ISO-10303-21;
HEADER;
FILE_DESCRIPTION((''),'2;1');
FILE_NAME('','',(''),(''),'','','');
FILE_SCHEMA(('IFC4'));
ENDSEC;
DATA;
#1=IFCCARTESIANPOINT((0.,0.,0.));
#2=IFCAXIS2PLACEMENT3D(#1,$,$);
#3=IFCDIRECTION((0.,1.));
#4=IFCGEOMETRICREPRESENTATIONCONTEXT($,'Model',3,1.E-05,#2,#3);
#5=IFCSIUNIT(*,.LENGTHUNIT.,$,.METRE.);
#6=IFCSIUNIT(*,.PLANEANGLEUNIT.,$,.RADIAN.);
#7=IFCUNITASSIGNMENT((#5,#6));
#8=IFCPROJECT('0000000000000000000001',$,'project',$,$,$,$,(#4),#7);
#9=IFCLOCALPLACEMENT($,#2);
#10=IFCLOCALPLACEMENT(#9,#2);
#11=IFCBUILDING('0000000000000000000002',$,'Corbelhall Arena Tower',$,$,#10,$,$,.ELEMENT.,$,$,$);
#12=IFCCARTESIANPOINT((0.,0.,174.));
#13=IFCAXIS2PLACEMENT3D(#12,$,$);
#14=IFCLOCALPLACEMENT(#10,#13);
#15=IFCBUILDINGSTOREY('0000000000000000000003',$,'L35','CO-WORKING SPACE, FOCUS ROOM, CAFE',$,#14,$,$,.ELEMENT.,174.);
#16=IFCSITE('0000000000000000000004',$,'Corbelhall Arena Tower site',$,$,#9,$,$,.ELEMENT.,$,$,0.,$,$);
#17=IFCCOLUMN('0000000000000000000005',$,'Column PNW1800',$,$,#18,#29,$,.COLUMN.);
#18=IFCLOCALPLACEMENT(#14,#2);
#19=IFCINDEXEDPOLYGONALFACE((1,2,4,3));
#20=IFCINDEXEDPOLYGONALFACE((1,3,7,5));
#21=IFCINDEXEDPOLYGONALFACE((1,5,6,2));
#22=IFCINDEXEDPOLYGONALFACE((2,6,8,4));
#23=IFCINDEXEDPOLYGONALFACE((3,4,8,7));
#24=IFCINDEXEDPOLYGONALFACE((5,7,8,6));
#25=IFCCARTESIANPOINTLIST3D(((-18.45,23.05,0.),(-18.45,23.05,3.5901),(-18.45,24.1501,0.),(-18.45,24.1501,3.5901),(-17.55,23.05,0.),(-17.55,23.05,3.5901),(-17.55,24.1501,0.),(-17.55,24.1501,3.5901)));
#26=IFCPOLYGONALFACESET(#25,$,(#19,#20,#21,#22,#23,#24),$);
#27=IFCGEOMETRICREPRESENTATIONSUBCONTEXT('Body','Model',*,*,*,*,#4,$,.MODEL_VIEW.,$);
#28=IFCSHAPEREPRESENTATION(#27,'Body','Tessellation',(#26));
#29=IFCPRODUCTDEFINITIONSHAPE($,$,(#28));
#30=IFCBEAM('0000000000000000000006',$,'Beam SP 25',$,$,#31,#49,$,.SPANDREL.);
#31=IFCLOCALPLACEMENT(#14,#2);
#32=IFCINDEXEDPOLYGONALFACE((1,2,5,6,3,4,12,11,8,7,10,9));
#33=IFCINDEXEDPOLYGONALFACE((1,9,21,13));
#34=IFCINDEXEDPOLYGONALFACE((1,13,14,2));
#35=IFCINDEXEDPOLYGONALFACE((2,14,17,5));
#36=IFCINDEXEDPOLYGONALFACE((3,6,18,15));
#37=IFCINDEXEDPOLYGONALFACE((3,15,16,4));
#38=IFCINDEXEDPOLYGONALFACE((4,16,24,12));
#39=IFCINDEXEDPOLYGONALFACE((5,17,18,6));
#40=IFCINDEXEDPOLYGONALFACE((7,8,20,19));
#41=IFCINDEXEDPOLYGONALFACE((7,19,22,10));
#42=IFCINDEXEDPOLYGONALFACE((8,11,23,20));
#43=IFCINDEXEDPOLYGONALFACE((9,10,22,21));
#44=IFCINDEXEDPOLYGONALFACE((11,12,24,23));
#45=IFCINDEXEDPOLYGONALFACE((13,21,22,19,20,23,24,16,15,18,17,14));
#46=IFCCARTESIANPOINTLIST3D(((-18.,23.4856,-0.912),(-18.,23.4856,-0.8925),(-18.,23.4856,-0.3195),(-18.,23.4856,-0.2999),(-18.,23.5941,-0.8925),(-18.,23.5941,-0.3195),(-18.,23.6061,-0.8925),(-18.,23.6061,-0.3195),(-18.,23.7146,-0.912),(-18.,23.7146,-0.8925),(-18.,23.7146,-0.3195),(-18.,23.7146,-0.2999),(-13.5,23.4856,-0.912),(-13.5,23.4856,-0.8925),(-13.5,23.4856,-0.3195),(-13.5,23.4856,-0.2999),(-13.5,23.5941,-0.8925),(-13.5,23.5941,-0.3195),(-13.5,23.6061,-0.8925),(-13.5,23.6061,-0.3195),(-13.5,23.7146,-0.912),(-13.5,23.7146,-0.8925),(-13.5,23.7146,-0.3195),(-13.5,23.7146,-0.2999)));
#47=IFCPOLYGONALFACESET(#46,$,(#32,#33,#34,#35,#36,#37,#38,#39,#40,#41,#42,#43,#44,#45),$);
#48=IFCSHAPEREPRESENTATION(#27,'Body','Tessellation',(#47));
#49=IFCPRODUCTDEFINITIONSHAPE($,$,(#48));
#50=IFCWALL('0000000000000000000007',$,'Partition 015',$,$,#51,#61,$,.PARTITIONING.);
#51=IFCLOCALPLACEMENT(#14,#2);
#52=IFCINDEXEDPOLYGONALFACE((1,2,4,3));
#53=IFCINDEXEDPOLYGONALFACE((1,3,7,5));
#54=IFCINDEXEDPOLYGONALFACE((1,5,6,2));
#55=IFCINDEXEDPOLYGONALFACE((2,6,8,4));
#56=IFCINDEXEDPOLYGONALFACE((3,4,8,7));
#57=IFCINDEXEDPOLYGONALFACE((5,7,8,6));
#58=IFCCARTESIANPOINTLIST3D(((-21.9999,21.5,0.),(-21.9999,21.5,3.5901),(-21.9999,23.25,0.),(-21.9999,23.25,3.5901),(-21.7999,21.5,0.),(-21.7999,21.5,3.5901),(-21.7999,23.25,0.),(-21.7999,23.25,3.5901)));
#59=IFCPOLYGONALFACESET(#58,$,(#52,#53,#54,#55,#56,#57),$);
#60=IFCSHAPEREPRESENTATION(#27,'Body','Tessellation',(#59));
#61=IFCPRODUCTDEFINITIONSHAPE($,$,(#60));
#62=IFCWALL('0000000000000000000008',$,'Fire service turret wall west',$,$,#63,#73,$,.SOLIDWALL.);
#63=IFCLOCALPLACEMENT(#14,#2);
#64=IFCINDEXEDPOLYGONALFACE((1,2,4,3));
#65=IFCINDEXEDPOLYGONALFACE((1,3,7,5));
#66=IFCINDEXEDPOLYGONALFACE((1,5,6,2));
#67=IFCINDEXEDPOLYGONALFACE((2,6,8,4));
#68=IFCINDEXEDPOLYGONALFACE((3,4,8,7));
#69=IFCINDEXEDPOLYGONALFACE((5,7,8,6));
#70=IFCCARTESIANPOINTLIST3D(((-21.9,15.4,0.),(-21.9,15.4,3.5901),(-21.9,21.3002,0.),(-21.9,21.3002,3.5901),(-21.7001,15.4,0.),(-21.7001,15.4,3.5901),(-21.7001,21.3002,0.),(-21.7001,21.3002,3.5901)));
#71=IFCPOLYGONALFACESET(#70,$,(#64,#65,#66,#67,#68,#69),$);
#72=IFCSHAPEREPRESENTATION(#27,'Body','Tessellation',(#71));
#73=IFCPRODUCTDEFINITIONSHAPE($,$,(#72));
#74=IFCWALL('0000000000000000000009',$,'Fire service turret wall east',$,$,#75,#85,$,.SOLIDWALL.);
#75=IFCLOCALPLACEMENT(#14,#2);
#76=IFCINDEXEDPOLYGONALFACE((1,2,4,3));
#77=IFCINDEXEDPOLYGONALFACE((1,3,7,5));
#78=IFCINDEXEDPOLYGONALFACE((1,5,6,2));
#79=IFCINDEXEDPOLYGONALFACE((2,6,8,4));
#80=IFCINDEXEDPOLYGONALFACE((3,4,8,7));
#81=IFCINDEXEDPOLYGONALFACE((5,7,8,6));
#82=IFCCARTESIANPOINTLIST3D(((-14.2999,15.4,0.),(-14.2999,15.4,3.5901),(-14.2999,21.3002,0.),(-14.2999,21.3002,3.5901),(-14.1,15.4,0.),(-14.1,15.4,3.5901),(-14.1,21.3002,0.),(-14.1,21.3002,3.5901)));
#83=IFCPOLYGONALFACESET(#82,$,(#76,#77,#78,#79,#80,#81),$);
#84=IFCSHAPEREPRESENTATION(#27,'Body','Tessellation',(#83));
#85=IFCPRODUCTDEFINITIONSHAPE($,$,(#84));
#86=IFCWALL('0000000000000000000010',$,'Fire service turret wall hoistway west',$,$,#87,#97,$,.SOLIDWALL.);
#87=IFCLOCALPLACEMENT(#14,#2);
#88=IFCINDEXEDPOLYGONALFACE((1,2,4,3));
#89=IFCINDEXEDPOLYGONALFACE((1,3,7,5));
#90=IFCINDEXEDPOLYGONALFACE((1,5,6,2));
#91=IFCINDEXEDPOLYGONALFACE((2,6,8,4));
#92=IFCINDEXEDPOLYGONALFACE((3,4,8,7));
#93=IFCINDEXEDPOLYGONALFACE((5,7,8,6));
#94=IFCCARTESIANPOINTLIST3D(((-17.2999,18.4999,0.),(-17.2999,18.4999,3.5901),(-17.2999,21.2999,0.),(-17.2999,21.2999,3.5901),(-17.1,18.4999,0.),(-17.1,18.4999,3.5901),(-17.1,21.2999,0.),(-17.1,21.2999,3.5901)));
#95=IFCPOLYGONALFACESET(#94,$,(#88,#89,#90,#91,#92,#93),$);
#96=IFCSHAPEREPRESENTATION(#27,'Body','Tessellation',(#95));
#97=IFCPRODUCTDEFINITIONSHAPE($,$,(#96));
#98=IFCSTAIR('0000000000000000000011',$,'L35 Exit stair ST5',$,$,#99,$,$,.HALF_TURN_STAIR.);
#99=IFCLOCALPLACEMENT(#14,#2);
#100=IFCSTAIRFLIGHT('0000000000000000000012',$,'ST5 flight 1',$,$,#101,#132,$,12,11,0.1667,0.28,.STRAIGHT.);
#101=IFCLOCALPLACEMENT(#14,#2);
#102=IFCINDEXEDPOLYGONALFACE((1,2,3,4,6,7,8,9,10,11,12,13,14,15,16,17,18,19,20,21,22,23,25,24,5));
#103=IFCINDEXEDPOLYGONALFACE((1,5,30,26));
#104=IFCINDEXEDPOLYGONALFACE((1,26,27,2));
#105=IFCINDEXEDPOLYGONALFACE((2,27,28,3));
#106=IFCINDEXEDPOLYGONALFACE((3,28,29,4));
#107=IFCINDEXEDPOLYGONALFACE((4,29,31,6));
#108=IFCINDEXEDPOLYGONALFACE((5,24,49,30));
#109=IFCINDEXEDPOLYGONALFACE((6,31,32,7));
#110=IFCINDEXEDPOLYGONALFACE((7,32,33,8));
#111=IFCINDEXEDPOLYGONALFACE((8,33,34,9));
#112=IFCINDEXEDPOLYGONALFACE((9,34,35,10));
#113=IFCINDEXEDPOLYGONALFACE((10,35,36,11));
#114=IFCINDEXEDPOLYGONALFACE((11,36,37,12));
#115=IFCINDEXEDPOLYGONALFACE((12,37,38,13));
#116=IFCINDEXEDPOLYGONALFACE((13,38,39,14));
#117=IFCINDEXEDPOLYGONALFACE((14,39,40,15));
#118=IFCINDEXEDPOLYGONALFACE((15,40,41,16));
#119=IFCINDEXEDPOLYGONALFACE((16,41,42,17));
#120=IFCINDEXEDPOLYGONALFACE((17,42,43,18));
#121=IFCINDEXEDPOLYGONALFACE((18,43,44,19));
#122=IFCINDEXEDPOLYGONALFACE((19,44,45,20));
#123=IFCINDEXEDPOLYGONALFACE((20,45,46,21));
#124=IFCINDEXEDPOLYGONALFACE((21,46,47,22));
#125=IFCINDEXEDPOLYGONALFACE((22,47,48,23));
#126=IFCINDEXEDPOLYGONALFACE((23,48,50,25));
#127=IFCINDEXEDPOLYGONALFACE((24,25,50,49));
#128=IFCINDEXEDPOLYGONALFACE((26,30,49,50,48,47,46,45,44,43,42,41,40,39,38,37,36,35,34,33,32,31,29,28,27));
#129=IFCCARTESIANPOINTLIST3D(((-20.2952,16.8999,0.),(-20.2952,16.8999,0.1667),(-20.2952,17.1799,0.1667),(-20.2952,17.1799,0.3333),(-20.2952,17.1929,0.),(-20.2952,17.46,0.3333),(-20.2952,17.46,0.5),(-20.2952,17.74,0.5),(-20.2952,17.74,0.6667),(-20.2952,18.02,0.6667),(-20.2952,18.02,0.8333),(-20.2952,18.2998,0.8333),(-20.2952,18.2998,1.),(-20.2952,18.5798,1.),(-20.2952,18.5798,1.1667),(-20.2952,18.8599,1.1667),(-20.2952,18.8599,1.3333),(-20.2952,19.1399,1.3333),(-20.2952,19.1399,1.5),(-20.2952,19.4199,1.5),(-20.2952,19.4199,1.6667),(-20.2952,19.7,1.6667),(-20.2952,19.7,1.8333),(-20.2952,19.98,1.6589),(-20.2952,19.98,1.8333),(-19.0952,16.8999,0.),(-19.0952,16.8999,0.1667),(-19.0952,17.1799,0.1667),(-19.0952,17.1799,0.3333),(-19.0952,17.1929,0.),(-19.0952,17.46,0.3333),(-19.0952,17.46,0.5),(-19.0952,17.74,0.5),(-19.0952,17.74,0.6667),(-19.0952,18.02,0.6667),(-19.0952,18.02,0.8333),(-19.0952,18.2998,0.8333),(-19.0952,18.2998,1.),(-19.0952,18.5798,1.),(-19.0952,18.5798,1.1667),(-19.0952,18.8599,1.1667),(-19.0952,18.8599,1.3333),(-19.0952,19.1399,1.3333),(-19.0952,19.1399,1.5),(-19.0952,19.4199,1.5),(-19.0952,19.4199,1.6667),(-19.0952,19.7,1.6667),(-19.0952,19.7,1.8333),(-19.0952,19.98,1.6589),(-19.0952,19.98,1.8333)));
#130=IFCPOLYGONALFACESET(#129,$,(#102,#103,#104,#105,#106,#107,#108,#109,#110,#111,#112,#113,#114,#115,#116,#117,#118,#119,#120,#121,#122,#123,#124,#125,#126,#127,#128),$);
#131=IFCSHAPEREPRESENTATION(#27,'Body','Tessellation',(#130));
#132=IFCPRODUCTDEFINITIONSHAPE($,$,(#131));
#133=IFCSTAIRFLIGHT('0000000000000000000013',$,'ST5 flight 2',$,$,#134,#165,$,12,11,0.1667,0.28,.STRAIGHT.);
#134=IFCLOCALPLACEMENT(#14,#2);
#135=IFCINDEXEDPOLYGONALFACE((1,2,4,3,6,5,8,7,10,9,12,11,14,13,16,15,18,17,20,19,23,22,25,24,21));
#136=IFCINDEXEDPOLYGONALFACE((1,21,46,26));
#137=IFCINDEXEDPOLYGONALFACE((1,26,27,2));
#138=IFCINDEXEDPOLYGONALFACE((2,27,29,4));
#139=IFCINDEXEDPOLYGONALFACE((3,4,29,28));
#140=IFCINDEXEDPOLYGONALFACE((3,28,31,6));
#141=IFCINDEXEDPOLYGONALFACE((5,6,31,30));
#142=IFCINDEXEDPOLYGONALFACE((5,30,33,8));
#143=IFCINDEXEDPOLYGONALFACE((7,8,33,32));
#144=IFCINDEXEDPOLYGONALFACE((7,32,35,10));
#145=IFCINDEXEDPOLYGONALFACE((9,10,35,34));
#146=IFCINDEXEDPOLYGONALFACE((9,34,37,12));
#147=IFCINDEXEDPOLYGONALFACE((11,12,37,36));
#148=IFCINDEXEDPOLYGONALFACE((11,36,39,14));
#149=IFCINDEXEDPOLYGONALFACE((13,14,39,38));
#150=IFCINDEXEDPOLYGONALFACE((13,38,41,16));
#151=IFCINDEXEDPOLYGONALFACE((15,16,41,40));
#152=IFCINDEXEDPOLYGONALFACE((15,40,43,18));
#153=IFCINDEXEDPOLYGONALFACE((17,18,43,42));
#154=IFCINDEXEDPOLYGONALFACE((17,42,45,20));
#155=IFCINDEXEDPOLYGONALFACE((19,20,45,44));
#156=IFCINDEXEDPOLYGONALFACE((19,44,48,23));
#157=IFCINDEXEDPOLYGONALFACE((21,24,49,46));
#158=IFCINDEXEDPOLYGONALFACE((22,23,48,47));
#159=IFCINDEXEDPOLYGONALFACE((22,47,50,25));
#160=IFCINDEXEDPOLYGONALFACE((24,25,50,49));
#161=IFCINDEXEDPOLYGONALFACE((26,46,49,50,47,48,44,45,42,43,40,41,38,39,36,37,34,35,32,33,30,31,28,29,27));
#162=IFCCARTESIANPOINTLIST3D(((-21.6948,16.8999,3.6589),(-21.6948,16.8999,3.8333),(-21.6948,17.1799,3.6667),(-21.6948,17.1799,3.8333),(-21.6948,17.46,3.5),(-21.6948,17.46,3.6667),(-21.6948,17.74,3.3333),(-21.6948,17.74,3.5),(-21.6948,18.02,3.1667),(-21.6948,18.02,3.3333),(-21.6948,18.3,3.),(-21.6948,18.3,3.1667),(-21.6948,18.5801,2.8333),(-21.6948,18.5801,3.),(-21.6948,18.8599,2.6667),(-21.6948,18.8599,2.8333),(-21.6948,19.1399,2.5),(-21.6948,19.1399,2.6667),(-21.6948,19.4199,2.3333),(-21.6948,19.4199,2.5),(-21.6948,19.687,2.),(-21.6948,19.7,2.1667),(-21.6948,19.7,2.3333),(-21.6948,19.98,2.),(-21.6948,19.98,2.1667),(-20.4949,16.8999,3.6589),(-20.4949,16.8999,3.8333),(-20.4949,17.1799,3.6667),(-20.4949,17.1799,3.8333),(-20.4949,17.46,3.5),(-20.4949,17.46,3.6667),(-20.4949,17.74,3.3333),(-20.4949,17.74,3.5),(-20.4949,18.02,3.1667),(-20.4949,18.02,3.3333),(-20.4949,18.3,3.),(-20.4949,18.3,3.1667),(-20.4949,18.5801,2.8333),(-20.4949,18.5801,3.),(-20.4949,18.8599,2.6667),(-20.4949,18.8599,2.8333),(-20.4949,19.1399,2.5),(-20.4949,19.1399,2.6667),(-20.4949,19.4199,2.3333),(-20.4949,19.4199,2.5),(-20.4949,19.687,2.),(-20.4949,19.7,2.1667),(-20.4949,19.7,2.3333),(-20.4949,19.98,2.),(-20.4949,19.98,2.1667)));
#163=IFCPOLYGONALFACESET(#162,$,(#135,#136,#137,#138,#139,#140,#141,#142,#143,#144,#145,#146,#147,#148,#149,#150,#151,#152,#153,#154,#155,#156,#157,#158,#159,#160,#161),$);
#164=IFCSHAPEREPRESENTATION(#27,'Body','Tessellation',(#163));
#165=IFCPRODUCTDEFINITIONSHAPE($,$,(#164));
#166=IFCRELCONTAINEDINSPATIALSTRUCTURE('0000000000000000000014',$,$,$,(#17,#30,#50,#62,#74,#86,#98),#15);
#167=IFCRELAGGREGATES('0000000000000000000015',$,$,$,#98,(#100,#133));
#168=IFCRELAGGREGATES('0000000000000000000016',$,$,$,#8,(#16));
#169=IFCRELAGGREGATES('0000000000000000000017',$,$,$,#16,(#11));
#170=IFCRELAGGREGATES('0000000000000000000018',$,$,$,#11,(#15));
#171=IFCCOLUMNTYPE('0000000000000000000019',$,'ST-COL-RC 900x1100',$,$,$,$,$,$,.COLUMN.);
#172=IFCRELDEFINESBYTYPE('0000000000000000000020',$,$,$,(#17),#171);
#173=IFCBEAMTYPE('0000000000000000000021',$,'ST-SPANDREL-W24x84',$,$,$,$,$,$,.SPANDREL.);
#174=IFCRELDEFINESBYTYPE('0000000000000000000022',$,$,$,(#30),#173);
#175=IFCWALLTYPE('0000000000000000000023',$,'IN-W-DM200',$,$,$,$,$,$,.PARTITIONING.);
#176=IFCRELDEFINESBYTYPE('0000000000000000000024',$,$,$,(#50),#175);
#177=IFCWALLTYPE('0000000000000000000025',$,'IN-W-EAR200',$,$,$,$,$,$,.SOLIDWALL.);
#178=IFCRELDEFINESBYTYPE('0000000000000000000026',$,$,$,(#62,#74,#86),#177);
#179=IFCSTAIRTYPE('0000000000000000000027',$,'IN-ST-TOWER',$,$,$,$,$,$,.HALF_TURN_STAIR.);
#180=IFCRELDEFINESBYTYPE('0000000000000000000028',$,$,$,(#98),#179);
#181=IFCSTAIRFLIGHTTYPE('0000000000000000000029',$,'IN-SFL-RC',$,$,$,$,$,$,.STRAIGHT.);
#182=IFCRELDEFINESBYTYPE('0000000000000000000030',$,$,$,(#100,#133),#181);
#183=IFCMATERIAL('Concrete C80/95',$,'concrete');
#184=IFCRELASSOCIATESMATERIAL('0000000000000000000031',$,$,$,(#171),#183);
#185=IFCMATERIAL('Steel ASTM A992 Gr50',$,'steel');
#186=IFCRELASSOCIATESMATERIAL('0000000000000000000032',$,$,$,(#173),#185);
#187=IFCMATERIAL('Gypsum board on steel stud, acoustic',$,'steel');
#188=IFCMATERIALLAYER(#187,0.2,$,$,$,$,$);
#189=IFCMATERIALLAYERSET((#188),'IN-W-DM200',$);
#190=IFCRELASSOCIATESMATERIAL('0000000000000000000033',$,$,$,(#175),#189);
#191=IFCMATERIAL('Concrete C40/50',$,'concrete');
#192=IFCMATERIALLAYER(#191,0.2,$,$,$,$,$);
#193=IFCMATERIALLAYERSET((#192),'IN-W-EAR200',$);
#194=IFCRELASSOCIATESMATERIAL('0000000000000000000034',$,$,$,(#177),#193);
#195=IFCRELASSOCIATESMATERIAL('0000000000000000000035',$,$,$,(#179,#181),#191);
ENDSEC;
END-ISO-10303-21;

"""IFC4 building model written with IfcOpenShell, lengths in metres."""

from ifc_helpers import new_model, si_unit, direction, frame, frame_2d, origin, origin_2d, place, context, subcontext, project, spatial, polyline, rectangle, i_section, outline, extrude, material, layer, layer_set, material_profile, profile_set, type_object, element, aggregate, save


model = new_model("IFC4")

# Units and contexts
model_context = context("Model", 3, precision=1e-05, world=origin(), true_north=direction((0.0, 1.0)))
body_context = subcontext(model_context, "Body", "Model", "MODEL_VIEW")
ifc_project = project(units=[si_unit("LENGTHUNIT", "METRE"), si_unit("PLANEANGLEUNIT", "RADIAN")], contexts=[model_context])

# Site, building, storey
site_placement = place(None, origin())
site = spatial("IfcSite", under=ifc_project, at=site_placement, Name="Corbelhall Arena Tower site", CompositionType="ELEMENT", RefElevation=0.0)
building_placement = place(site_placement, origin())
building = spatial("IfcBuilding", under=site, at=building_placement, Name="Corbelhall Arena Tower", CompositionType="ELEMENT")
storey_placement = place(building_placement, frame((0.0, 0.0, 174.0)))
storey = spatial("IfcBuildingStorey", under=building, at=storey_placement, Name="L35", Description="CO-WORKING SPACE, FOCUS ROOM, CAFE", CompositionType="ELEMENT", Elevation=174.0)

# Column
ifc_material_1 = material(Name="Concrete C80/95", Category="concrete")
ifc_material_profile_1 = material_profile(ifc_material_1, rectangle(XDim=0.8999, YDim=1.1001, at=origin_2d()))
ifc_profile_set_1 = profile_set([ifc_material_profile_1], Name="Concrete C80/95")
column_type = type_object("IfcColumnType", Name="ST-COL-RC 900x1100", PredefinedType="COLUMN", material=ifc_profile_set_1)
column_placement = place(storey_placement, frame((-18.0, 23.6001, 0.0), z_axis=(0.0, 0.0, 1.0), x_axis=(1.0, 0.0, 0.0)))
element("IfcColumn", 1, at=column_placement, inside=storey, type_object=column_type, Name="Column PNW1800", PredefinedType="COLUMN", context=body_context, shape_type="SweptSolid", body=[
    extrude(rectangle(XDim=0.8999, YDim=1.1001, at=origin_2d()), origin(), (0.0, 0.0, 1.0), 3.5901),
])

# Beam
ifc_material_2 = material(Name="Steel ASTM A992 Gr50", Category="steel")
ifc_material_profile_2 = material_profile(ifc_material_2, i_section(OverallWidth=0.229, OverallDepth=0.6121, WebThickness=0.012, FlangeThickness=0.0195, at=origin_2d()))
ifc_profile_set_2 = profile_set([ifc_material_profile_2], Name="Steel ASTM A992 Gr50")
beam_type = type_object("IfcBeamType", Name="ST-SPANDREL-W24x84", PredefinedType="SPANDREL", material=ifc_profile_set_2)
beam_placement = place(storey_placement, frame((-18.0, 23.6001, -0.606), z_axis=(1.0, 0.0, 0.0), x_axis=(0.0, 1.0, 0.0)))
element("IfcBeam", 2, at=beam_placement, inside=storey, type_object=beam_type, Name="Beam SP 25", PredefinedType="SPANDREL", context=body_context, shape_type="SweptSolid", body=[
    extrude(i_section(OverallWidth=0.229, OverallDepth=0.6121, WebThickness=0.012, FlangeThickness=0.0195, at=origin_2d()), origin(), (0.0, 0.0, 1.0), 4.5),
])

# Wall
ifc_material_3 = material(Name="Gypsum board on steel stud, acoustic", Category="steel")
ifc_layer_1 = layer(ifc_material_3, 0.2)
ifc_layer_set_1 = layer_set([ifc_layer_1], Name="IN-W-DM200")
wall_type_1 = type_object("IfcWallType", Name="IN-W-DM200", PredefinedType="PARTITIONING", material=ifc_layer_set_1)
wall_1_placement = place(storey_placement, frame((-21.8999, 21.5, 0.0), z_axis=(0.0, 0.0, 1.0), x_axis=(0.0, 1.0, 0.0)))
element("IfcWall", 3, at=wall_1_placement, inside=storey, type_object=wall_type_1, Name="Partition 015", PredefinedType="PARTITIONING", context=body_context, shape_type="SweptSolid", body=[
    extrude(rectangle(XDim=1.75, YDim=0.2, at=frame_2d((0.875, 0.0))), origin(), (0.0, 0.0, 1.0), 3.5901),
])

# Walls
ifc_material_4 = material(Name="Concrete C40/50", Category="concrete")
ifc_layer_2 = layer(ifc_material_4, 0.2)
ifc_layer_set_2 = layer_set([ifc_layer_2], Name="IN-W-EAR200")
wall_type_2 = type_object("IfcWallType", Name="IN-W-EAR200", PredefinedType="SOLIDWALL", material=ifc_layer_set_2)
for number, where, z_axis, x_axis, name in (
    (4, (-21.8, 15.3999, 0.0), (0.0, 0.0, 1.0), (0.0, 1.0, 0.0), "Fire service turret wall west"),
    (5, (-14.2, 15.3999, 0.0), (0.0, 0.0, 1.0), (0.0, 1.0, 0.0), "Fire service turret wall east"),
):
    element("IfcWall", number, at=place(storey_placement, frame(where, z_axis=z_axis, x_axis=x_axis)), inside=storey, type_object=wall_type_2, Name=name, PredefinedType="SOLIDWALL", context=body_context, shape_type="SweptSolid", body=[
        extrude(rectangle(XDim=5.9001, YDim=0.2, at=frame_2d((2.9502, 0.0))), origin(), (0.0, 0.0, 1.0), 3.5901),
    ])

# Wall
wall_2_placement = place(storey_placement, frame((-17.2, 18.5, 0.0), z_axis=(0.0, 0.0, 1.0), x_axis=(0.0, 1.0, 0.0)))
element("IfcWall", 6, at=wall_2_placement, inside=storey, type_object=wall_type_2, Name="Fire service turret wall hoistway west", PredefinedType="SOLIDWALL", context=body_context, shape_type="SweptSolid", body=[
    extrude(rectangle(XDim=2.8, YDim=0.2, at=frame_2d((1.3999, 0.0))), origin(), (0.0, 0.0, 1.0), 3.5901),
])

# Stair, stair flights
stair_type = type_object("IfcStairType", Name="IN-ST-TOWER", PredefinedType="HALF_TURN_STAIR", material=ifc_material_4)
stair_placement = place(storey_placement, origin())
stair = element("IfcStair", 7, at=stair_placement, inside=storey, type_object=stair_type, Name="L35 Exit stair ST5", PredefinedType="HALF_TURN_STAIR")
stair_flight_type = type_object("IfcStairFlightType", Name="IN-SFL-RC", PredefinedType="STRAIGHT", material=ifc_material_4)
stair_flight_1_placement = place(storey_placement, frame((-19.6951, 16.8999, 0.0), z_axis=(0.0, 0.0, 1.0), x_axis=(0.0, 1.0, 0.0)))
stair_flight_1 = element("IfcStairFlight", 8, at=stair_flight_1_placement, type_object=stair_flight_type, Name="ST5 flight 1", NumberOfRisers=12, NumberOfTreads=11, PredefinedType="STRAIGHT", RiserHeight=0.1667, TreadLength=0.28, context=body_context, shape_type="SweptSolid", body=[
    extrude(outline(polyline([(0.0, 0.0), (0.0, 0.1667), (0.28, 0.1667), (0.28, 0.3333), (0.5601, 0.3333), (0.5601, 0.5), (0.8401, 0.5), (0.8401, 0.6667), (1.1201, 0.6667), (1.1201, 0.8333), (1.3999, 0.8333), (1.3999, 1.0), (1.6799, 1.0), (1.6799, 1.1667), (1.96, 1.1667), (1.96, 1.3333), (2.24, 1.3333), (2.24, 1.5), (2.52, 1.5), (2.52, 1.6667), (2.8, 1.6667), (2.8, 1.8333), (3.0801, 1.8333), (3.0801, 2.0), (3.0801, 1.6589), (0.293, 0.0), (0.0, 0.0)])), frame((0.0, 0.6001, 0.0), z_axis=(0.0, -1.0, 0.0), x_axis=(1.0, 0.0, 0.0)), (0.0, 0.0, 1.0), 1.2),
])
stair_flight_2_placement = place(storey_placement, frame((-21.095, 19.98, 2.0), z_axis=(0.0, 0.0, 1.0), x_axis=(0.0, -1.0, 0.0)))
stair_flight_2 = element("IfcStairFlight", 9, at=stair_flight_2_placement, type_object=stair_flight_type, Name="ST5 flight 2", NumberOfRisers=12, NumberOfTreads=11, PredefinedType="STRAIGHT", RiserHeight=0.1667, TreadLength=0.28, context=body_context, shape_type="SweptSolid", body=[
    extrude(outline(polyline([(0.0, 0.0), (0.0, 0.1667), (0.28, 0.1667), (0.28, 0.3333), (0.5601, 0.3333), (0.5601, 0.5), (0.8401, 0.5), (0.8401, 0.6667), (1.1201, 0.6667), (1.1201, 0.8333), (1.3999, 0.8333), (1.3999, 1.0), (1.6799, 1.0), (1.6799, 1.1667), (1.96, 1.1667), (1.96, 1.3333), (2.24, 1.3333), (2.24, 1.5), (2.52, 1.5), (2.52, 1.6667), (2.8, 1.6667), (2.8, 1.8333), (3.0801, 1.8333), (3.0801, 2.0), (3.0801, 1.6589), (0.293, 0.0), (0.0, 0.0)])), frame((0.0, 0.6001, 0.0), z_axis=(0.0, -1.0, 0.0), x_axis=(1.0, 0.0, 0.0)), (0.0, 0.0, 1.0), 1.2),
])
aggregate(stair, [stair_flight_1, stair_flight_2])

save(model, "model.ifc")
